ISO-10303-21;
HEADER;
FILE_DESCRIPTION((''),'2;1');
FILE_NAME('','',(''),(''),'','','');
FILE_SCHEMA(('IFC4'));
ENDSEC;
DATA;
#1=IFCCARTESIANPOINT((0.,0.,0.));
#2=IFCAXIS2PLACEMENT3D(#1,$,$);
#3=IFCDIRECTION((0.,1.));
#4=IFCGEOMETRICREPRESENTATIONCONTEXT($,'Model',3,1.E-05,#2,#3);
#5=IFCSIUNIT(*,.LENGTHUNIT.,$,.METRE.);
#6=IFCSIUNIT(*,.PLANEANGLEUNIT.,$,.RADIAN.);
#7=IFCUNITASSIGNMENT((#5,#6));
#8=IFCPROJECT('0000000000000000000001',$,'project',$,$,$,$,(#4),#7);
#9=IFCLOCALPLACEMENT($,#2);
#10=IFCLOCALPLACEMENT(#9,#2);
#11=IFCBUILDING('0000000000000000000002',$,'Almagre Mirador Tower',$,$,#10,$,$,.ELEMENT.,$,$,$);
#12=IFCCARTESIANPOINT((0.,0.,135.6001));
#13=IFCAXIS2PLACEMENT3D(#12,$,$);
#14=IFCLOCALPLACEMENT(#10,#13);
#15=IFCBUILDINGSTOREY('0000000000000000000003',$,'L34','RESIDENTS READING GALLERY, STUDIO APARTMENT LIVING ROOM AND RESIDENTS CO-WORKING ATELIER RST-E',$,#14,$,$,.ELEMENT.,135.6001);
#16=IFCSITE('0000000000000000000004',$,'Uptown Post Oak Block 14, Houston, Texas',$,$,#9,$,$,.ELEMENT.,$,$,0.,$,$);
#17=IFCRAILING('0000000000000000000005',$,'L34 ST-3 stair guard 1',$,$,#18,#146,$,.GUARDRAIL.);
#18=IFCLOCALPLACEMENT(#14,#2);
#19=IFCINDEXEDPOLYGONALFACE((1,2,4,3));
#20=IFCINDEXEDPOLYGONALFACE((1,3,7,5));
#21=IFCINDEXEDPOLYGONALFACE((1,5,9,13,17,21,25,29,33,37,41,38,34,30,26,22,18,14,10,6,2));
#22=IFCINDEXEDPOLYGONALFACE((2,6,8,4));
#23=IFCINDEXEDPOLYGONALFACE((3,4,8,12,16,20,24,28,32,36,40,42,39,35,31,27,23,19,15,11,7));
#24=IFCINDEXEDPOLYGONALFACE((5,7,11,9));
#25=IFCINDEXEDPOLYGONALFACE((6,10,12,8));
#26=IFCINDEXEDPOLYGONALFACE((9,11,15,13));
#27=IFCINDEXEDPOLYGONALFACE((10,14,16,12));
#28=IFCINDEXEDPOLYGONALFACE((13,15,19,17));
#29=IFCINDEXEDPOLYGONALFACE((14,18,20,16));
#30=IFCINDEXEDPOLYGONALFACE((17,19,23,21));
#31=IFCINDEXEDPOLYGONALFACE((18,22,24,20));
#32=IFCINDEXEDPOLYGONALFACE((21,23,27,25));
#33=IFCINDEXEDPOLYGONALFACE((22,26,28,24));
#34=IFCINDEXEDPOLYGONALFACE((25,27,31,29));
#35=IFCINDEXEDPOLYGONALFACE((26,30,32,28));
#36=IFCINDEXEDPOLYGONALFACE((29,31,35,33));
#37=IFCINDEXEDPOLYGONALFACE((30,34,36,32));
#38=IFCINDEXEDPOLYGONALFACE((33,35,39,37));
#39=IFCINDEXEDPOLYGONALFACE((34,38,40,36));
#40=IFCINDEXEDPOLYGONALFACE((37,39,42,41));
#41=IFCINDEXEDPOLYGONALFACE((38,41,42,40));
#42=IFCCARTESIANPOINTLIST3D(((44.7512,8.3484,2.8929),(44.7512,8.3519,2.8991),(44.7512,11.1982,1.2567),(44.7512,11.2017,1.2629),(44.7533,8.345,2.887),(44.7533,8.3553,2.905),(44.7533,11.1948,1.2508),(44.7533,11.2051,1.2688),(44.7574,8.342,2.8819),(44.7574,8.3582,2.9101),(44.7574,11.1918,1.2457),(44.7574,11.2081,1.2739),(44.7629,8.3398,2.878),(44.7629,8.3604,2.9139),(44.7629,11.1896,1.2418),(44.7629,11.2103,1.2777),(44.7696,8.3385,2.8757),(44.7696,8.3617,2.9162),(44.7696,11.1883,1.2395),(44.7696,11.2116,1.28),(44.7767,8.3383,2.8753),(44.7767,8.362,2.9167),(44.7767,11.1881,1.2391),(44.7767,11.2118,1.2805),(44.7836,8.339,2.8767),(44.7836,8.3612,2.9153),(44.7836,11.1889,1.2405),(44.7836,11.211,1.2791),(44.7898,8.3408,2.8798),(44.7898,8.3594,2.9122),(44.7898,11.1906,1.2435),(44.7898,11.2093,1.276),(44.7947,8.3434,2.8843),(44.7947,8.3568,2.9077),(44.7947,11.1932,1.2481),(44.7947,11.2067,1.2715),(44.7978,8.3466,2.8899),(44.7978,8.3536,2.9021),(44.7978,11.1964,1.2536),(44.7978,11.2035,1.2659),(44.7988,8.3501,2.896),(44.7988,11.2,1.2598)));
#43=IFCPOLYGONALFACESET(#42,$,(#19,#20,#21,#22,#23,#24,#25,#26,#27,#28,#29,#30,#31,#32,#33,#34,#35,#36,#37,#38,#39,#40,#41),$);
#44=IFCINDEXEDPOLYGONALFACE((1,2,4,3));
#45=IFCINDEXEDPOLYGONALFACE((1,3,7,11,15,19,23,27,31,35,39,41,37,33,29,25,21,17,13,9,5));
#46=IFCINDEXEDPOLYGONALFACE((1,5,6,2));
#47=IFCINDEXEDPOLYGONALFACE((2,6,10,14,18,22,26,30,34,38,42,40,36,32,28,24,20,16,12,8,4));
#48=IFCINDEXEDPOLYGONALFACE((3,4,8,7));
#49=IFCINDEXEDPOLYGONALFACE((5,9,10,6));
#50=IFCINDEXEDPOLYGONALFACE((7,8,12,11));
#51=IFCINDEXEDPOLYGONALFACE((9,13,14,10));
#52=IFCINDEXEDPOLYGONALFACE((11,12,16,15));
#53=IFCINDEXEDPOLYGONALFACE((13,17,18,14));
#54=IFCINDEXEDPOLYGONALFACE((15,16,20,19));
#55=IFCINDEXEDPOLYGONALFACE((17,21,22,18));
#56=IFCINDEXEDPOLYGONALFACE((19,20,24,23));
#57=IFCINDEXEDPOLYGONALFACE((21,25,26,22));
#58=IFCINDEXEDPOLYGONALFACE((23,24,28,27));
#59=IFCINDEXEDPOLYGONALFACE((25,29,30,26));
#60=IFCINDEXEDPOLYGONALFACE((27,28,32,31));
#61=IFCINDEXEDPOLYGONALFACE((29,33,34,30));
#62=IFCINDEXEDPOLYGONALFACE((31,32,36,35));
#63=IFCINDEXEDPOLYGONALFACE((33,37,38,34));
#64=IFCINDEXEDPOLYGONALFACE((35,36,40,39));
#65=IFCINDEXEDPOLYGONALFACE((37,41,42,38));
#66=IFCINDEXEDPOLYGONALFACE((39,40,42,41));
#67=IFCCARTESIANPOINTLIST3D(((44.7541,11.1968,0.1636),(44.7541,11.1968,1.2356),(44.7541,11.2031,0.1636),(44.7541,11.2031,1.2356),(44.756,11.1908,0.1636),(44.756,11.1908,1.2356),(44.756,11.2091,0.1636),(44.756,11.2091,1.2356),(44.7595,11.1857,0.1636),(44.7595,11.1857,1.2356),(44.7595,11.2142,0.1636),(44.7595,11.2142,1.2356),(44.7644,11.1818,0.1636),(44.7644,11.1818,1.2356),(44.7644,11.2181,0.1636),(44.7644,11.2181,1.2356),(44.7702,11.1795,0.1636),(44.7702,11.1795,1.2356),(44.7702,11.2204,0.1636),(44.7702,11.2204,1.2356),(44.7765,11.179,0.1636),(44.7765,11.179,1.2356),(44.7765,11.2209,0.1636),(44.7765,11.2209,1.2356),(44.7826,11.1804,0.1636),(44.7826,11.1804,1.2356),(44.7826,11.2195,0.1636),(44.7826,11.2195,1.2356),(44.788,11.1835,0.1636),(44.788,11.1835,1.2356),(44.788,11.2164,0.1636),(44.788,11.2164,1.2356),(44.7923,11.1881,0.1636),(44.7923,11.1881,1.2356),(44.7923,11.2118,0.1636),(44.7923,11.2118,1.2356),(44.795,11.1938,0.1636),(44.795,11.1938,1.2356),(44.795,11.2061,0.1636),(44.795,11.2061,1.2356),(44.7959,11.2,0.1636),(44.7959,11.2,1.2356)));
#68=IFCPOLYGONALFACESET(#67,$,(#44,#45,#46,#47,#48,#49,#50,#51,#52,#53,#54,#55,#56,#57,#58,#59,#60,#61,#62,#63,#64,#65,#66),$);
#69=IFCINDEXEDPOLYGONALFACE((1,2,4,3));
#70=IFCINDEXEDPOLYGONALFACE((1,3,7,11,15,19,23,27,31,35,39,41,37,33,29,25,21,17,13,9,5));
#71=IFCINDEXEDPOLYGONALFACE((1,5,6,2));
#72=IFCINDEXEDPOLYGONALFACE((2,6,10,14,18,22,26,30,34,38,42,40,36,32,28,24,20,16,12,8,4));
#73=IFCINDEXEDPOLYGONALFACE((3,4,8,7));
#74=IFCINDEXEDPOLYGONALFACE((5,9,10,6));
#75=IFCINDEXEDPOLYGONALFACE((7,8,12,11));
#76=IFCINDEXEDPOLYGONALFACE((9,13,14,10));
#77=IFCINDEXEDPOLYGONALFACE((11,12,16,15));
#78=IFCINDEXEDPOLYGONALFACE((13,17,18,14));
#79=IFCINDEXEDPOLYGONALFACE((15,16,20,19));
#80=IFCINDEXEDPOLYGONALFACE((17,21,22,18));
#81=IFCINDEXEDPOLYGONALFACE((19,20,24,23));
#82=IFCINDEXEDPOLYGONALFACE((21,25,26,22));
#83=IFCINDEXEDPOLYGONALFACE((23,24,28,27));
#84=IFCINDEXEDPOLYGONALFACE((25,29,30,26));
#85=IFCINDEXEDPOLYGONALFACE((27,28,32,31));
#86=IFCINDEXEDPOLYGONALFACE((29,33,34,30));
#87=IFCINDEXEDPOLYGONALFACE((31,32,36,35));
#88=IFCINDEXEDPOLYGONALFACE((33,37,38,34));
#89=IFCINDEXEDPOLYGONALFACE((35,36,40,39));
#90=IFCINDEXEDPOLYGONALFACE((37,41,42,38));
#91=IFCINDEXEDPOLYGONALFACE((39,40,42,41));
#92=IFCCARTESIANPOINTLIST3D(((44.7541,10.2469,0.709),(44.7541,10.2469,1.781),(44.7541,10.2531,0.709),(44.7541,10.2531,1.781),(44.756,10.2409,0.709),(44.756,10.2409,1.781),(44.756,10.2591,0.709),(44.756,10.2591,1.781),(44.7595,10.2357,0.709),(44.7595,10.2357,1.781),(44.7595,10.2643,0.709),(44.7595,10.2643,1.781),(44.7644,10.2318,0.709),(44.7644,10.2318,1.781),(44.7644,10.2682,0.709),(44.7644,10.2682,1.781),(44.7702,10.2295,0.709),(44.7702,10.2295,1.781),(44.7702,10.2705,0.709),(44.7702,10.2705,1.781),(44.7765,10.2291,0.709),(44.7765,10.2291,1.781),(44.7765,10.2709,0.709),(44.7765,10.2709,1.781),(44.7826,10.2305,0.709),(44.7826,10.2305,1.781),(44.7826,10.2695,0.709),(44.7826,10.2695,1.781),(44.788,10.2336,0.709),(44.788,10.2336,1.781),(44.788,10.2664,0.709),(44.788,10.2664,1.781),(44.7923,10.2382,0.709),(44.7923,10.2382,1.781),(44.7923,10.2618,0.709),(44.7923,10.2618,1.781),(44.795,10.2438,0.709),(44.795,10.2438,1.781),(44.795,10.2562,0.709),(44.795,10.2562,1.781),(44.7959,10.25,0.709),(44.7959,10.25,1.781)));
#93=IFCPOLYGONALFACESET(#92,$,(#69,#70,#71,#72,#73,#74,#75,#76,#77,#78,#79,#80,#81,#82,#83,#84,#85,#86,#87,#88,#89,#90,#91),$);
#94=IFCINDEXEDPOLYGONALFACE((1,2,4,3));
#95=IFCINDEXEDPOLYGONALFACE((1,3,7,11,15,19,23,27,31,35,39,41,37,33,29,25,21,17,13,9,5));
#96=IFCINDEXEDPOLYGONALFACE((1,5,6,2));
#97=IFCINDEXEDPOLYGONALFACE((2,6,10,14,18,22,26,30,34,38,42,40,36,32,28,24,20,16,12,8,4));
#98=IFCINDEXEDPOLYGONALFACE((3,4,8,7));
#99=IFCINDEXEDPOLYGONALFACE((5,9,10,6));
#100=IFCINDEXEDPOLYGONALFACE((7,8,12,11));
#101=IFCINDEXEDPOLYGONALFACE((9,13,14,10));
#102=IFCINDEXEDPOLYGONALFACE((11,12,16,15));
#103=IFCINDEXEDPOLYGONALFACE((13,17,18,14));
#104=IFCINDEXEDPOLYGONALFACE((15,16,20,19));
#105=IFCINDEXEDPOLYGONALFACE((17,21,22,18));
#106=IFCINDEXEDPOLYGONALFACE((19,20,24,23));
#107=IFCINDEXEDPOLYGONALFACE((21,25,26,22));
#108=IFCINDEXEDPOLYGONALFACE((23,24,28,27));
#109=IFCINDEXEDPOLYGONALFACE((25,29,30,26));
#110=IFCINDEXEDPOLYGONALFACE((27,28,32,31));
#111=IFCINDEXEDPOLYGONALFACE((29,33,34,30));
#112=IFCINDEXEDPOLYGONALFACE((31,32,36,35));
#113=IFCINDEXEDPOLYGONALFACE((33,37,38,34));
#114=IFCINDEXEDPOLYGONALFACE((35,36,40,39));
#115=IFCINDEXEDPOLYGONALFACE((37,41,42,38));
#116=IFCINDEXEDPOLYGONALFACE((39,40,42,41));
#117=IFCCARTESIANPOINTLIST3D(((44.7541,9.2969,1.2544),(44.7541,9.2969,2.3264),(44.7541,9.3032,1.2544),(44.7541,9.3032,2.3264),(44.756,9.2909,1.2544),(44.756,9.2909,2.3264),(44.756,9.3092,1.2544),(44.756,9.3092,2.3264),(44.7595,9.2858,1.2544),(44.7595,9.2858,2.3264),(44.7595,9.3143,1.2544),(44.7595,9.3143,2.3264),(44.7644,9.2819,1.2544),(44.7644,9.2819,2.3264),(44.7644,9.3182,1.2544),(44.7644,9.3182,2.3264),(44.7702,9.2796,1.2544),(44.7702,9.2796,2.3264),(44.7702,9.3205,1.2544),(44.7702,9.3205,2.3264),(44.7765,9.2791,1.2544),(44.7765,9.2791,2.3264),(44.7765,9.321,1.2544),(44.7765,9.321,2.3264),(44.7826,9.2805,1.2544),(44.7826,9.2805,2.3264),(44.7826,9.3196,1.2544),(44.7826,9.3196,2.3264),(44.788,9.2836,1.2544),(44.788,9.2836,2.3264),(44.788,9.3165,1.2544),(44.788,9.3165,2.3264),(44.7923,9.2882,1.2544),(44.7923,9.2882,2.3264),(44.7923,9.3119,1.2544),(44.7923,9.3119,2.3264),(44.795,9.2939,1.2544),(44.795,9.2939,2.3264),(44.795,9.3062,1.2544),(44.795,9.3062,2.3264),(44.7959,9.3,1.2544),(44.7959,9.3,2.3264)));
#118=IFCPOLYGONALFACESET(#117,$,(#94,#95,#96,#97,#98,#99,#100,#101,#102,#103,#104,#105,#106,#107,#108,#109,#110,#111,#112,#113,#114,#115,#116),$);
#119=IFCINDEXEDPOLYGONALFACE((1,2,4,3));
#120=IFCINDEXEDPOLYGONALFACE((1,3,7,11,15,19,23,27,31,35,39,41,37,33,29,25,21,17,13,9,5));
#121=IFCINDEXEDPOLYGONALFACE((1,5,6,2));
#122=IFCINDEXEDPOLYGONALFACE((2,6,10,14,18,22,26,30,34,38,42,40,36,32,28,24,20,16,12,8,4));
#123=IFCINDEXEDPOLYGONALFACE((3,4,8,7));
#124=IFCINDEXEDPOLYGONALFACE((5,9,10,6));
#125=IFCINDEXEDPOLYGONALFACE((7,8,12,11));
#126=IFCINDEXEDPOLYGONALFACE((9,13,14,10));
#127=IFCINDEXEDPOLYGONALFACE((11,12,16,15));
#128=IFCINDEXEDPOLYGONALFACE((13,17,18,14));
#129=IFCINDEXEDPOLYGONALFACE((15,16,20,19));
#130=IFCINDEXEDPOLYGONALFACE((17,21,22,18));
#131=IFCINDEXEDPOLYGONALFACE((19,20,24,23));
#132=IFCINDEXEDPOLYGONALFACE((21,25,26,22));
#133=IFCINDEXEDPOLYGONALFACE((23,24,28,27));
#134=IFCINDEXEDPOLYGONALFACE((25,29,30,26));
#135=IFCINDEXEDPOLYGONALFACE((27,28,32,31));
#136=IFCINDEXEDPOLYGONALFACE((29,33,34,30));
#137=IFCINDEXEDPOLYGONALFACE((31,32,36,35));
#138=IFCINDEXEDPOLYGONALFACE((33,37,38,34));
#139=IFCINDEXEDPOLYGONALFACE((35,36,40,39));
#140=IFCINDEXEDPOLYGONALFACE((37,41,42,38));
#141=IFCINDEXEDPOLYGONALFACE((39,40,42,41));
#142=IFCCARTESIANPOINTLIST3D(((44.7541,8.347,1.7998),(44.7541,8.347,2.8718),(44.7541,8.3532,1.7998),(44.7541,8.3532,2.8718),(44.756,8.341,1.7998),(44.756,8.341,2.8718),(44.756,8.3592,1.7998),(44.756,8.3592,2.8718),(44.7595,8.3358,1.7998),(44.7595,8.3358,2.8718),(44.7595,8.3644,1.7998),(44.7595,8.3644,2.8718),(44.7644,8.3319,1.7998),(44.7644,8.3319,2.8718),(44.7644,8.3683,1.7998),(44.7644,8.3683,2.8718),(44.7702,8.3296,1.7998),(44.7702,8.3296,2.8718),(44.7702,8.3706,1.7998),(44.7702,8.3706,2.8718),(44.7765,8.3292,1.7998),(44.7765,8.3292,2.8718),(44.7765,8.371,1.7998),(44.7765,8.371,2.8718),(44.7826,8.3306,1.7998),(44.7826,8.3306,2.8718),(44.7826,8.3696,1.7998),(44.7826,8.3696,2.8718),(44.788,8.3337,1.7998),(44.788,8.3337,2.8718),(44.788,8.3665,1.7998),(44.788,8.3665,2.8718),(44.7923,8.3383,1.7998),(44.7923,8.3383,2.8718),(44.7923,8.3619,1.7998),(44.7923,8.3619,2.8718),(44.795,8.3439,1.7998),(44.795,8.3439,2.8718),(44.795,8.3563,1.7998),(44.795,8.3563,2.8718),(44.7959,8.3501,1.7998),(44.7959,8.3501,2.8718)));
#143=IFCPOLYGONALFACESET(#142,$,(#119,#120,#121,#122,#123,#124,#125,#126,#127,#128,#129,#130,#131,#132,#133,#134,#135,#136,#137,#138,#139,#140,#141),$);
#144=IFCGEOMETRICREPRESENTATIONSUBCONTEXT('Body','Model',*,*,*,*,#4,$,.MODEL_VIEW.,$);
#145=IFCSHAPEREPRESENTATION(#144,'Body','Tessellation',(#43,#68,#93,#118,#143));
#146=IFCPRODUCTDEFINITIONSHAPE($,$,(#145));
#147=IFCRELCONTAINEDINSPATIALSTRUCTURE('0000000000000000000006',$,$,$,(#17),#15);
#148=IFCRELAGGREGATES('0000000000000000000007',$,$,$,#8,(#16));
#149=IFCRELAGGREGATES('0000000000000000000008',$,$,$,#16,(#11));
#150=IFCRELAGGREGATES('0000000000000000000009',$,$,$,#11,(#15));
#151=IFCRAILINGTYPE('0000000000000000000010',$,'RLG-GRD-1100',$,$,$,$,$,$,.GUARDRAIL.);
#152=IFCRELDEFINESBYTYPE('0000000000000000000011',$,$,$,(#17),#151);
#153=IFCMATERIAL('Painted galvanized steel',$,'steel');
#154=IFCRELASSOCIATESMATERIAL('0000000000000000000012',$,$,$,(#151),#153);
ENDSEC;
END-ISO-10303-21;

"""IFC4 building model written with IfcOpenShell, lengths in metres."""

from ifc_helpers import new_model, si_unit, direction, frame, origin, origin_2d, place, context, subcontext, project, spatial, circle, extrude, material, type_object, element, save


model = new_model("IFC4")

# Units and contexts
model_context = context("Model", 3, precision=1e-05, world=origin(), true_north=direction((0.0, 1.0)))
body_context = subcontext(model_context, "Body", "Model", "MODEL_VIEW")
ifc_project = project(units=[si_unit("LENGTHUNIT", "METRE"), si_unit("PLANEANGLEUNIT", "RADIAN")], contexts=[model_context])

# Site, building, storey
site_placement = place(None, origin())
site = spatial("IfcSite", under=ifc_project, at=site_placement, Name="Uptown Post Oak Block 14, Houston, Texas", CompositionType="ELEMENT", RefElevation=0.0)
building_placement = place(site_placement, origin())
building = spatial("IfcBuilding", under=site, at=building_placement, Name="Almagre Mirador Tower", CompositionType="ELEMENT")
storey_placement = place(building_placement, frame((0.0, 0.0, 135.6001)))
storey = spatial("IfcBuildingStorey", under=building, at=storey_placement, Name="L34", Description="RESIDENTS READING GALLERY, STUDIO APARTMENT LIVING ROOM AND RESIDENTS CO-WORKING ATELIER RST-E", CompositionType="ELEMENT", Elevation=135.6001)

# Railing
ifc_material_1 = material(Name="Painted galvanized steel", Category="steel")
railing_type_1 = type_object("IfcRailingType", Name="RLG-GRD-1100", PredefinedType="GUARDRAIL", material=ifc_material_1)
railing_1_placement = place(storey_placement, frame((44.7749, 11.2, 0.1636)))
element("IfcRailing", 1, at=railing_1_placement, inside=storey, type_object=railing_type_1, Name="L34 ST-3 stair guard 1", PredefinedType="GUARDRAIL", context=body_context, shape_type="SweptSolid", body=[
    extrude(circle(Radius=0.0239, at=origin_2d()), frame((0.0, 0.0, 1.0962), z_axis=(0.0, -0.867226, 0.497914), x_axis=(1.0, 0.0, 0.0)), (0.0, 0.0, 1.0), 3.2861),
    extrude(circle(Radius=0.021, at=origin_2d()), origin(), (0.0, 0.0, 1.0), 1.072),
    extrude(circle(Radius=0.021, at=origin_2d()), frame((0.0, -0.95, 0.5454)), (0.0, 0.0, 1.0), 1.072),
    extrude(circle(Radius=0.021, at=origin_2d()), frame((0.0, -1.8999, 1.0908)), (0.0, 0.0, 1.0), 1.072),
    extrude(circle(Radius=0.021, at=origin_2d()), frame((0.0, -2.8499, 1.6362)), (0.0, 0.0, 1.0), 1.072),
])

save(model, "model.ifc")
